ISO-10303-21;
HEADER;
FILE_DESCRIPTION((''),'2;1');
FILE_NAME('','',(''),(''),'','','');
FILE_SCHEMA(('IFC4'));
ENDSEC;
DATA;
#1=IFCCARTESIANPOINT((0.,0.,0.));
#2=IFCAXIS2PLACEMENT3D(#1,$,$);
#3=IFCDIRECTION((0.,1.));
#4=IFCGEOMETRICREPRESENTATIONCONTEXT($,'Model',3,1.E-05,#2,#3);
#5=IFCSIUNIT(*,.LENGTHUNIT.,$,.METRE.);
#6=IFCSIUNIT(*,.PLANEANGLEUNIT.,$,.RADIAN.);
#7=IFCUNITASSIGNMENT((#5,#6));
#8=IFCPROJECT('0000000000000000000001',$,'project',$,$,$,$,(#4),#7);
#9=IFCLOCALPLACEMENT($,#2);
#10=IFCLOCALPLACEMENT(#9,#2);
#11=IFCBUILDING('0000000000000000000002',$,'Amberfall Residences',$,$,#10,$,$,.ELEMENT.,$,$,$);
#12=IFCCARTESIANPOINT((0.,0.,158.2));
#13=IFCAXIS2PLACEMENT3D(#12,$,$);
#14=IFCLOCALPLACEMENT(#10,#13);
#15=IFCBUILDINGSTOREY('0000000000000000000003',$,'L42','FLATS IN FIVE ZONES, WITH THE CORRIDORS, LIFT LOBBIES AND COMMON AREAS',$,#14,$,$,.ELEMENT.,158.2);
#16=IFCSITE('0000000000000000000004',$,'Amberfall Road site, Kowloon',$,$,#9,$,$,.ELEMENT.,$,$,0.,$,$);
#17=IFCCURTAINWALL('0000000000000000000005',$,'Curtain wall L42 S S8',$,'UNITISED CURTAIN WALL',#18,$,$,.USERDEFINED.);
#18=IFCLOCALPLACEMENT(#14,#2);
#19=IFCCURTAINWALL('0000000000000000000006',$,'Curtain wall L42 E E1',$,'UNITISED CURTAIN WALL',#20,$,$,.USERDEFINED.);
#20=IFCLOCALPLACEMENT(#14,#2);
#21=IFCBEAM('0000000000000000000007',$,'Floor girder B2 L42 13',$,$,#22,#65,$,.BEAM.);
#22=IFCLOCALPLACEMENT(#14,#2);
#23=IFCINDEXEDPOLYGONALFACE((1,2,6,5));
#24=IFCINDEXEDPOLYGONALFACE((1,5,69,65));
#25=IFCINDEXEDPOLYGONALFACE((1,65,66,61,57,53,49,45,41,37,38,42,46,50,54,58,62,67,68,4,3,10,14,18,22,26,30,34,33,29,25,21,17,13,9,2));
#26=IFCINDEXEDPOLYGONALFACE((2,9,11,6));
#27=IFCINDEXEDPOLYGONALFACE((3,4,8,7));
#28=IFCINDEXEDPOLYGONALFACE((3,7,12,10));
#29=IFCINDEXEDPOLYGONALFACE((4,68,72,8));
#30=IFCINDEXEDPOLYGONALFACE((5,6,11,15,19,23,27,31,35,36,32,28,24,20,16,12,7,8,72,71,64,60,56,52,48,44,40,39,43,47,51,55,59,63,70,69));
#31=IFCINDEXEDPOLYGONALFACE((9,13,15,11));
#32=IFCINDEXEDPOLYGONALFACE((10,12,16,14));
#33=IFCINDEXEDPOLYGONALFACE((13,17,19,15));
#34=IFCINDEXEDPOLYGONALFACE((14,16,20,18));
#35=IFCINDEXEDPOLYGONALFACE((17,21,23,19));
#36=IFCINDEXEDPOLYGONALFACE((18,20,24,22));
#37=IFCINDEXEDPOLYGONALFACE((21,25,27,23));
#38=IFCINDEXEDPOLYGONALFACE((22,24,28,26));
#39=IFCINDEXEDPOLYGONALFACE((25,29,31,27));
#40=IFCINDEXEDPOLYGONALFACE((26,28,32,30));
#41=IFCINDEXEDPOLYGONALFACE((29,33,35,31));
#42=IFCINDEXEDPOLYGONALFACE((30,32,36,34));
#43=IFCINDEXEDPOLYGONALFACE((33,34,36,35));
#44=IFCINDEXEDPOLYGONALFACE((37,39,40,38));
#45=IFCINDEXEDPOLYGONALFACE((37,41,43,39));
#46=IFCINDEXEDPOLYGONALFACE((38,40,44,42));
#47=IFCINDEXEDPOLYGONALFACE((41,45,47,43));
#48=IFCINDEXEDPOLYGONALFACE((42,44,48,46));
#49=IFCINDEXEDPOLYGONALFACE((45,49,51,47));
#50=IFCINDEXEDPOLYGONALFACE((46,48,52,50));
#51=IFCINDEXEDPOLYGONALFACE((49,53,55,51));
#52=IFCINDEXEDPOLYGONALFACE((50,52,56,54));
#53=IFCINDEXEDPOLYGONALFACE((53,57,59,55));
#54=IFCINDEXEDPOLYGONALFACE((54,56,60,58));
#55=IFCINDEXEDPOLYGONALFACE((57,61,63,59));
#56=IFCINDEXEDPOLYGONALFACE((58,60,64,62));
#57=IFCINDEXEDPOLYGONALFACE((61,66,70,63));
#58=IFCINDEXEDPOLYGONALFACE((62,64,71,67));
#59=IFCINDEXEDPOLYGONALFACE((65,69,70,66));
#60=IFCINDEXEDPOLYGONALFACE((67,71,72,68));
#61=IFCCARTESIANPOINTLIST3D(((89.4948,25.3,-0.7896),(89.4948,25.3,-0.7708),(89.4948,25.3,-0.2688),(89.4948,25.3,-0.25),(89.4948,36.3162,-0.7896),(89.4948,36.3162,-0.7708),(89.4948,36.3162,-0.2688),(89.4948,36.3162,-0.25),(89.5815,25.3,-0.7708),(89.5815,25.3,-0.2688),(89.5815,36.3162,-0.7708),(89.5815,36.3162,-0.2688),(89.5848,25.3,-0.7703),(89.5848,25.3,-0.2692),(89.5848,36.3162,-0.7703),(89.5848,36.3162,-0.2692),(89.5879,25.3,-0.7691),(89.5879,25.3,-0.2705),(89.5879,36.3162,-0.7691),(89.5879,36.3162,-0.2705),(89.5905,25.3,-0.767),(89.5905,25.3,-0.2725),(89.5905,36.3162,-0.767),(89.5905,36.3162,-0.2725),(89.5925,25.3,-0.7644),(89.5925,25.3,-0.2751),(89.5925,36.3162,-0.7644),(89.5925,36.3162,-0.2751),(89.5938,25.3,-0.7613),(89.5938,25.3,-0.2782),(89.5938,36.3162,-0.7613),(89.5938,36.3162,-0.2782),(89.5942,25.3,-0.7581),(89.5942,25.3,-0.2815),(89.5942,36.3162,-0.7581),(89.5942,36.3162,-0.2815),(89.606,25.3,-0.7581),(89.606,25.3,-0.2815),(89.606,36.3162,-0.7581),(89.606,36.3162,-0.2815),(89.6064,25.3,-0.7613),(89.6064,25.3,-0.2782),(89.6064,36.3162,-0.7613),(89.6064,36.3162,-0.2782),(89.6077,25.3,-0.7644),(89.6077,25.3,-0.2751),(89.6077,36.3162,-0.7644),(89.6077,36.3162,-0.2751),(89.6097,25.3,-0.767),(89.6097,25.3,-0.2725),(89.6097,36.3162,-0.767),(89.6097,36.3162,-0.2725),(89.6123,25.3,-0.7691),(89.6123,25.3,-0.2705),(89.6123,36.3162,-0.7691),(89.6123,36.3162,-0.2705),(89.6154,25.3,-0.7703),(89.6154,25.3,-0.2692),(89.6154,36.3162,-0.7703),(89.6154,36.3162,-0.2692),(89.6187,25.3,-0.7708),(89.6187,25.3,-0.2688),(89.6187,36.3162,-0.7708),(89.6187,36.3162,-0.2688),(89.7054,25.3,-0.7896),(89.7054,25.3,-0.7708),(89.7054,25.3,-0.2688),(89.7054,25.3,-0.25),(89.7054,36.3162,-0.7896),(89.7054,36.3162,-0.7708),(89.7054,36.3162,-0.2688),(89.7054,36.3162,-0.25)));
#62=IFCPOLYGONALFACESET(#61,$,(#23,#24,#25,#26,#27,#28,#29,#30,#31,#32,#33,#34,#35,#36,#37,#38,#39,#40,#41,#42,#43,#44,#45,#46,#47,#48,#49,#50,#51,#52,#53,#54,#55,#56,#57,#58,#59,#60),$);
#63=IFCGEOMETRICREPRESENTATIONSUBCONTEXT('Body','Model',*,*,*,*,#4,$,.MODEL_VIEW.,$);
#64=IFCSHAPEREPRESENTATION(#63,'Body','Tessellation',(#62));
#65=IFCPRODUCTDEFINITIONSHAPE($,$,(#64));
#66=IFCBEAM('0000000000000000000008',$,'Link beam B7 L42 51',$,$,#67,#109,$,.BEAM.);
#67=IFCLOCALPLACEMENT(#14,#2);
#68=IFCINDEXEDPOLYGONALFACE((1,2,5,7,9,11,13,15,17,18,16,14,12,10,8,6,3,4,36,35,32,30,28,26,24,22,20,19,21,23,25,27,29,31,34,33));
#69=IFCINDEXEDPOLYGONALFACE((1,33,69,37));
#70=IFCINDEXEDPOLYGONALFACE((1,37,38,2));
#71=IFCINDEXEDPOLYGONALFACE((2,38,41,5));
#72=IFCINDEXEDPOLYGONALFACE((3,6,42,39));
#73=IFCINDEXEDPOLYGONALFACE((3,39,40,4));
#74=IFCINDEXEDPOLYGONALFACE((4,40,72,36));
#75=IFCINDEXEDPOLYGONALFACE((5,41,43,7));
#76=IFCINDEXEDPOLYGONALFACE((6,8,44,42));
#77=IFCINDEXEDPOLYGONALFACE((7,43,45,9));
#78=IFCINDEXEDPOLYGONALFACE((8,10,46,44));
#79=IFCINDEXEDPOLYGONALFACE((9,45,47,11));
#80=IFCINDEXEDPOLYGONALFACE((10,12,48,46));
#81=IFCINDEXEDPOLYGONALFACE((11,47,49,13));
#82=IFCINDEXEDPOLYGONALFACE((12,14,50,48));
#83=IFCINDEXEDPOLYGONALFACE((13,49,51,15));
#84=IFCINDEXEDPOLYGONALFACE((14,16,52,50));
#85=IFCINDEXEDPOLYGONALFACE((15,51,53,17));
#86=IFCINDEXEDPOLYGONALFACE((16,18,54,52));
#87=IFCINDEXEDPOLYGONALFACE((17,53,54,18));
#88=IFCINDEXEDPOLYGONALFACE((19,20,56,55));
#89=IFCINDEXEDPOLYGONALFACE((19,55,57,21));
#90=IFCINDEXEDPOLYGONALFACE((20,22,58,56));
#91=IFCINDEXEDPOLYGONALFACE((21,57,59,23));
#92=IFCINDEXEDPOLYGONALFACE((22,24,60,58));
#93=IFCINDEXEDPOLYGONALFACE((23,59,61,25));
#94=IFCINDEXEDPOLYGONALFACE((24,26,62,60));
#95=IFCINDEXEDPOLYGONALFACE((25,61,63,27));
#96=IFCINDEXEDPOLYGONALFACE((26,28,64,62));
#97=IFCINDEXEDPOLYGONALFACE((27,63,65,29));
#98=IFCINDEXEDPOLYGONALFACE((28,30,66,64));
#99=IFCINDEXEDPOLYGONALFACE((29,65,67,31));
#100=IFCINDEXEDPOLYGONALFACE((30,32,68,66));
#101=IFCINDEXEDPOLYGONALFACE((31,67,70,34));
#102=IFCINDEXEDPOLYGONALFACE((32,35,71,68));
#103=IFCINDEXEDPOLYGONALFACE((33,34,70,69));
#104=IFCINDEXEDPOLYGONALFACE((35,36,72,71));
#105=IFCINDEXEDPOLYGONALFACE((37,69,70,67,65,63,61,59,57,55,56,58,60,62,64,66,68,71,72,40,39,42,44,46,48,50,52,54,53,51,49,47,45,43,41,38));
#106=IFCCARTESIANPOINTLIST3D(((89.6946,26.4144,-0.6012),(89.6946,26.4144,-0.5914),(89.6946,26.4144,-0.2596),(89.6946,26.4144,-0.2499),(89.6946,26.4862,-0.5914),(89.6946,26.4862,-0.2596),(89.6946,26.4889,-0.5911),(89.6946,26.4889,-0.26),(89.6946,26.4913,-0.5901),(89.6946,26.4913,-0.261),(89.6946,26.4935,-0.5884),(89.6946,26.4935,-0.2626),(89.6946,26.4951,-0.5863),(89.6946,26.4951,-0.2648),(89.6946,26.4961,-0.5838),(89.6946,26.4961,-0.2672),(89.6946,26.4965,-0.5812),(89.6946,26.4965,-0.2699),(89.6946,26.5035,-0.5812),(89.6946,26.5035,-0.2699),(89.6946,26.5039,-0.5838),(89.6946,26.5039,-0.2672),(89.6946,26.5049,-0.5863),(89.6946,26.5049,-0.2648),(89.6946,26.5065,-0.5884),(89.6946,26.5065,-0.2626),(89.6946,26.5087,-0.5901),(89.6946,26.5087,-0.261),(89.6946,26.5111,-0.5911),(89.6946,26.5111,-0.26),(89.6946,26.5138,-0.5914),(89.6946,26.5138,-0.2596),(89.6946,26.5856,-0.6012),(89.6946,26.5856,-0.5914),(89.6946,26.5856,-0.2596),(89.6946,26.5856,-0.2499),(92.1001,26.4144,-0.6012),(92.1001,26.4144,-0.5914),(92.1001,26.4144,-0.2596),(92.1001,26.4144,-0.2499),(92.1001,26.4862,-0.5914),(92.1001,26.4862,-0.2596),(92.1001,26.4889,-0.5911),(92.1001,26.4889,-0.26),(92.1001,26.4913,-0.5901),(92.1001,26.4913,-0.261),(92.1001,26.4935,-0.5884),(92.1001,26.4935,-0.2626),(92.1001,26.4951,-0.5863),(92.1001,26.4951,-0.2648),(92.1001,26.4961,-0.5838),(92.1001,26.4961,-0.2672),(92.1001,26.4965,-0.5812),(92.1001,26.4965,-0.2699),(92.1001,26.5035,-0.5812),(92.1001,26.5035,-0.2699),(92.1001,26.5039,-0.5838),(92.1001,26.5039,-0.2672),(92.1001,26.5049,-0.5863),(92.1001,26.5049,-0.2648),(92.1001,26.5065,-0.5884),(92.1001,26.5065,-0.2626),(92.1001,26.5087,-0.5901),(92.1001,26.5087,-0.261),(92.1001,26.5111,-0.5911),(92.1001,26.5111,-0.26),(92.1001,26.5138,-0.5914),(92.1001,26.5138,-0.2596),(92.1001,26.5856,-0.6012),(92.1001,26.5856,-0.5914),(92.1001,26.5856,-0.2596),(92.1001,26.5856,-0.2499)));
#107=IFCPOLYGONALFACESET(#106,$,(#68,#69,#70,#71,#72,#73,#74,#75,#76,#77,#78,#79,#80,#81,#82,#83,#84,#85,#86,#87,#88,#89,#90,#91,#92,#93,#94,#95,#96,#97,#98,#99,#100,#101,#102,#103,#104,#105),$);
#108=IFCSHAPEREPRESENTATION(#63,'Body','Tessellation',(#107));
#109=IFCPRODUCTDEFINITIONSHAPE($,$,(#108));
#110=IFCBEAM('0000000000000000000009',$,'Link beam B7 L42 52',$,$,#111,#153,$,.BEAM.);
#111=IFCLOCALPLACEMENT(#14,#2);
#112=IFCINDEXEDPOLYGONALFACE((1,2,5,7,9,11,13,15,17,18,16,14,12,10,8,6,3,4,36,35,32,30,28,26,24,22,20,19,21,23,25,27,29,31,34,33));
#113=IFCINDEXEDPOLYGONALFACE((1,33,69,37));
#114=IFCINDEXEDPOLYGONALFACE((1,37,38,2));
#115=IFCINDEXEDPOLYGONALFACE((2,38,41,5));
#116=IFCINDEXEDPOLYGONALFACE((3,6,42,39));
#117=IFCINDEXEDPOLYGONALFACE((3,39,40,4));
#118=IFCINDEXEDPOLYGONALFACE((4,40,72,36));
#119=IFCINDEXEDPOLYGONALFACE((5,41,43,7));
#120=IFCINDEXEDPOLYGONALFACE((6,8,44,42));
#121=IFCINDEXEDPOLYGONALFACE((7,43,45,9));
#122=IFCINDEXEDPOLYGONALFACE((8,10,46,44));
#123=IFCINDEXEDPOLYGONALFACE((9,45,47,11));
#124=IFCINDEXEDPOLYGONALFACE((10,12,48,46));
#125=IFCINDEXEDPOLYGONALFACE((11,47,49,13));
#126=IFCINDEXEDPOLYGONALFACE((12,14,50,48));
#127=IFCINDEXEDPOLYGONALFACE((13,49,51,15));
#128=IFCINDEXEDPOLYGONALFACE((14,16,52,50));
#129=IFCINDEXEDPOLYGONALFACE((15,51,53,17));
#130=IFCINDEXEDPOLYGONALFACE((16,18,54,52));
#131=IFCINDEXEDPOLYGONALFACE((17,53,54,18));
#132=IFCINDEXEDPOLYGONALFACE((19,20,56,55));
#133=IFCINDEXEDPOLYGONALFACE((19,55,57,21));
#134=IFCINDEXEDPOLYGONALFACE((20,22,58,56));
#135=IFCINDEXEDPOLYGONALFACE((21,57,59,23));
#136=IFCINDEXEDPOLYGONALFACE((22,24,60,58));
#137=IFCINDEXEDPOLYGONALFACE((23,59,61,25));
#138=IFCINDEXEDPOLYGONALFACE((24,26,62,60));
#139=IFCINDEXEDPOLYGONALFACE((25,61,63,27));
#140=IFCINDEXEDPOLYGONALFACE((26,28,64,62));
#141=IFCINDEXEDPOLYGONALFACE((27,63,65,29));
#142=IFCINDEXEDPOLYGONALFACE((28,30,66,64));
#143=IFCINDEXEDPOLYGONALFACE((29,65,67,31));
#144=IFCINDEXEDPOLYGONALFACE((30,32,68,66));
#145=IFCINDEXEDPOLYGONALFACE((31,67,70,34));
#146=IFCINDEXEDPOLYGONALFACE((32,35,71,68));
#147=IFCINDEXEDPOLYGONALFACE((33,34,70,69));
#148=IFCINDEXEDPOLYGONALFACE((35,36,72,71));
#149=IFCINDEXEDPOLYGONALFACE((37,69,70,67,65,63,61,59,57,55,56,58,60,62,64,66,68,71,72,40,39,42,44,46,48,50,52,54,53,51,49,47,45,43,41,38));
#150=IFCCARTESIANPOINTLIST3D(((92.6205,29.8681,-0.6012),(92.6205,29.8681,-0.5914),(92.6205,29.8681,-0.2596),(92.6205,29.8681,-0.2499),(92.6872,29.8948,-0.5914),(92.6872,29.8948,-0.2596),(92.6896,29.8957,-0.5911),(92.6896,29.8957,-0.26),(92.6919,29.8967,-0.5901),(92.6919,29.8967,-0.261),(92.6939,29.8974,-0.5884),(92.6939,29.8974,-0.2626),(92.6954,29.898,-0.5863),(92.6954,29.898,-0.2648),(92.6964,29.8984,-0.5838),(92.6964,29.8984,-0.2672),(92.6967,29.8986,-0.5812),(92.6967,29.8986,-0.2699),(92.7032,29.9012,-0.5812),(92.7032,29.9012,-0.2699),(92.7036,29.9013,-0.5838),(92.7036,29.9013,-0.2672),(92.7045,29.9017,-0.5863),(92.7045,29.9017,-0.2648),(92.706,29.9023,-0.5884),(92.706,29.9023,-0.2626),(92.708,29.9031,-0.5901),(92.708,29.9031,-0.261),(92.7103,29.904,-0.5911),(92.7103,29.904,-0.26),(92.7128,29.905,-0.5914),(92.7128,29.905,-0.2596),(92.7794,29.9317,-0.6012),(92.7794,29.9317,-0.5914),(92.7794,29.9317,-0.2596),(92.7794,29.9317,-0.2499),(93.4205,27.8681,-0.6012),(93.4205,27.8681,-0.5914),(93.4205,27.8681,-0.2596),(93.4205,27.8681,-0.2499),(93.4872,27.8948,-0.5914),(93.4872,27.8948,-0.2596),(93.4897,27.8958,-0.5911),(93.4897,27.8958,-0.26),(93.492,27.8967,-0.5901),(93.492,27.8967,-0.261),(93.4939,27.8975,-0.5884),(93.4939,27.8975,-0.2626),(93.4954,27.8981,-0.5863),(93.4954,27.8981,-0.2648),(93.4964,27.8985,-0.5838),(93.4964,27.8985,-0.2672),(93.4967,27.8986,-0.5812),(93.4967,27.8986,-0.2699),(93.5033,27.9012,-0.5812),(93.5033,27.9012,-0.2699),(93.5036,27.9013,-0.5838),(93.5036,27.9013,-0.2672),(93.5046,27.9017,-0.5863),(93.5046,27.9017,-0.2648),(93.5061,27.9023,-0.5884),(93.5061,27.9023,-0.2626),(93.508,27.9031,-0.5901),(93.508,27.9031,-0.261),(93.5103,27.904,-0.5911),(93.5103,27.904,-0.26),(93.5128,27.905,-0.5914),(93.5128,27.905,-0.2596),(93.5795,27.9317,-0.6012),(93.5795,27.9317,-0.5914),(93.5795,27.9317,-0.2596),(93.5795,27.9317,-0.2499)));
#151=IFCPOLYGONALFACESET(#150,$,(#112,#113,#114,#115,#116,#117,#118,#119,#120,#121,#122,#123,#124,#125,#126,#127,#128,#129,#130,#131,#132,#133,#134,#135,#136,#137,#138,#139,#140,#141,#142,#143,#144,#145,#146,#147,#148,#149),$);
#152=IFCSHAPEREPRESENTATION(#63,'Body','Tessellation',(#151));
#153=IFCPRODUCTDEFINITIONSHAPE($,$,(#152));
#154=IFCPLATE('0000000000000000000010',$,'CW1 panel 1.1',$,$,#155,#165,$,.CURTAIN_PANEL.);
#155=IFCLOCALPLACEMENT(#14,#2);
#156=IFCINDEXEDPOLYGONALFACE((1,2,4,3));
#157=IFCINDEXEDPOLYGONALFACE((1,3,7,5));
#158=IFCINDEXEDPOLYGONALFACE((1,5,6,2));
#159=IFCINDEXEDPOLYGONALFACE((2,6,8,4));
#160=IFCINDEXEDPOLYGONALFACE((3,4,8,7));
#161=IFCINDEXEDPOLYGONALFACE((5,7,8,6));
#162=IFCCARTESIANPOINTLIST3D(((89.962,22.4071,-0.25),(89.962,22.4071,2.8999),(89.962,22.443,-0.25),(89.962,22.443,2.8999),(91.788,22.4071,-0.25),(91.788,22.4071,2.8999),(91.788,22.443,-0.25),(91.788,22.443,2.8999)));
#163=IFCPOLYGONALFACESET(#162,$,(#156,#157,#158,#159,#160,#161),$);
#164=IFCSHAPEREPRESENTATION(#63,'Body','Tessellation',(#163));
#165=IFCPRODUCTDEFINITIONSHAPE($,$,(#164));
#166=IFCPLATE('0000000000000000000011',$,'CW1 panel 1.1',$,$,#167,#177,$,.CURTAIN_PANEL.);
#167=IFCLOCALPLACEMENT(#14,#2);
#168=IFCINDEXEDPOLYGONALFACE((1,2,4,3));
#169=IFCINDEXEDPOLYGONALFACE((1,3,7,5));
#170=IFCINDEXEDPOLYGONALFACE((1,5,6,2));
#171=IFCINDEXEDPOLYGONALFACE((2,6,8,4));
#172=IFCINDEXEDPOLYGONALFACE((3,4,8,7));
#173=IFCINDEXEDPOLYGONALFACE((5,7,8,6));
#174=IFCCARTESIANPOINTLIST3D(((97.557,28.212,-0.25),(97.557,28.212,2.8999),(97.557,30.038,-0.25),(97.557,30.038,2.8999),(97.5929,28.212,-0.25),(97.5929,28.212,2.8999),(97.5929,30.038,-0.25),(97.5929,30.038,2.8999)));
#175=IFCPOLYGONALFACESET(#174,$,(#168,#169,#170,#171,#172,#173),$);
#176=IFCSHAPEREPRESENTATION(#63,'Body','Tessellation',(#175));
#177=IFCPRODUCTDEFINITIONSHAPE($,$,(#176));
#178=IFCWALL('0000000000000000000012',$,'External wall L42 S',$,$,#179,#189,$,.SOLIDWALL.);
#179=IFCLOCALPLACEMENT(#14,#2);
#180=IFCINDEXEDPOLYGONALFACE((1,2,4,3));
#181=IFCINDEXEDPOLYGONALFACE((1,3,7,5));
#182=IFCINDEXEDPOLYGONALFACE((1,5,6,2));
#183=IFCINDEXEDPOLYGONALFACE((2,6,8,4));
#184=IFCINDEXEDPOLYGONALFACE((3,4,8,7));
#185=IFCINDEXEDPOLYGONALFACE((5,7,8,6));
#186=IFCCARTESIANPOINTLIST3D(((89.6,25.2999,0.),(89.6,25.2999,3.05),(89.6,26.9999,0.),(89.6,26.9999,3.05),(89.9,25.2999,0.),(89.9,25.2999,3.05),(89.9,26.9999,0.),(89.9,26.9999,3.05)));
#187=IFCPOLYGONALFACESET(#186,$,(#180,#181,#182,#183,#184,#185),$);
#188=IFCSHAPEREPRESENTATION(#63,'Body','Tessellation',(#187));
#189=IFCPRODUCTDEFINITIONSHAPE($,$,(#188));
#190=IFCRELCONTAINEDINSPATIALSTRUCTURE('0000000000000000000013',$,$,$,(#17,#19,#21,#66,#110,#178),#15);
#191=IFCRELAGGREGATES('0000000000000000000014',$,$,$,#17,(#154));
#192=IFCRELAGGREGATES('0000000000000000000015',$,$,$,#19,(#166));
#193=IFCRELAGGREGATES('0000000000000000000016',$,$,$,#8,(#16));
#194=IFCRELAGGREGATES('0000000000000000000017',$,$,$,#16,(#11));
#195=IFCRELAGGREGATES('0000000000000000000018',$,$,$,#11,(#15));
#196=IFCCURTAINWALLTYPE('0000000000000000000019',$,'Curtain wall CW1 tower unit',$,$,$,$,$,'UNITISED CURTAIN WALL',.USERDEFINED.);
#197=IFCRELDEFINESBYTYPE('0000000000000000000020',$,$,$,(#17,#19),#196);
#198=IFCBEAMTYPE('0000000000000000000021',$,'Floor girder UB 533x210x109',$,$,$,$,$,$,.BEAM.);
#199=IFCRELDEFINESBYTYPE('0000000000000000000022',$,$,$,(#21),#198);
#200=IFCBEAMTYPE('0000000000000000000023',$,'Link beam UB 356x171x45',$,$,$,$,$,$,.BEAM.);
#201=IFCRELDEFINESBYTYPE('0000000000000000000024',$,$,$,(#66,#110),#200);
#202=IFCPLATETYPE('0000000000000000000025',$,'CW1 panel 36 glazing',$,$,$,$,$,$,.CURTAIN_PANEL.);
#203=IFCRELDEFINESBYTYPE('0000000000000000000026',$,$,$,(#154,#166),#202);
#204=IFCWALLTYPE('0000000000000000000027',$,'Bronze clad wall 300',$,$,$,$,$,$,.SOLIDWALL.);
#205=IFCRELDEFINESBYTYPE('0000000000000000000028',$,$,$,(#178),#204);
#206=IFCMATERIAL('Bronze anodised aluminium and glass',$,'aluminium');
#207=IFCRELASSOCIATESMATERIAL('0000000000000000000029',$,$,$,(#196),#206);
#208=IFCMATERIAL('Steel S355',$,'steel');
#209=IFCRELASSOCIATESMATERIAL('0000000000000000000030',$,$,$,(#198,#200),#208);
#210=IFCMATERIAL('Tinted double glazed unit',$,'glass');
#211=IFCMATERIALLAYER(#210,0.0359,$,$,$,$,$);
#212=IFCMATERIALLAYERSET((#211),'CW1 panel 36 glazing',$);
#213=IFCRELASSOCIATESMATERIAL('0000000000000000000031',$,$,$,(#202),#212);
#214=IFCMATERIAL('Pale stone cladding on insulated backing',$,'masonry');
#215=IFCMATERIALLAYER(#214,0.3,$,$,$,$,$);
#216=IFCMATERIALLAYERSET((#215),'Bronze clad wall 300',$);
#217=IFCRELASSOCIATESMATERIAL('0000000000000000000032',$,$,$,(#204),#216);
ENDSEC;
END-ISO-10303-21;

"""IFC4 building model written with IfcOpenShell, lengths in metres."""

from ifc_helpers import new_model, si_unit, direction, frame, frame_2d, origin, origin_2d, place, context, subcontext, project, spatial, rectangle, i_section, extrude, material, layer, layer_set, material_profile, profile_set, type_object, element, aggregate, save


model = new_model("IFC4")

# Units and contexts
model_context = context("Model", 3, precision=1e-05, world=origin(), true_north=direction((0.0, 1.0)))
body_context = subcontext(model_context, "Body", "Model", "MODEL_VIEW")
ifc_project = project(units=[si_unit("LENGTHUNIT", "METRE"), si_unit("PLANEANGLEUNIT", "RADIAN")], contexts=[model_context])

# Site, building, storey
site_placement = place(None, origin())
site = spatial("IfcSite", under=ifc_project, at=site_placement, Name="Amberfall Road site, Kowloon", CompositionType="ELEMENT", RefElevation=0.0)
building_placement = place(site_placement, origin())
building = spatial("IfcBuilding", under=site, at=building_placement, Name="Amberfall Residences", CompositionType="ELEMENT")
storey_placement = place(building_placement, frame((0.0, 0.0, 158.2)))
storey = spatial("IfcBuildingStorey", under=building, at=storey_placement, Name="L42", Description="FLATS IN FIVE ZONES, WITH THE CORRIDORS, LIFT LOBBIES AND COMMON AREAS", CompositionType="ELEMENT", Elevation=158.2)

# Curtain walls
ifc_material_1 = material(Name="Bronze anodised aluminium and glass", Category="aluminium")
curtain_wall_type = type_object("IfcCurtainWallType", Name="Curtain wall CW1 tower unit", ElementType="UNITISED CURTAIN WALL", PredefinedType="USERDEFINED", material=ifc_material_1)
curtain_wall_1_placement = place(storey_placement, origin())
curtain_wall_1 = element("IfcCurtainWall", 1, at=curtain_wall_1_placement, inside=storey, type_object=curtain_wall_type, Name="Curtain wall L42 S S8", ObjectType="UNITISED CURTAIN WALL", PredefinedType="USERDEFINED")
curtain_wall_2_placement = place(storey_placement, origin())
curtain_wall_2 = element("IfcCurtainWall", 2, at=curtain_wall_2_placement, inside=storey, type_object=curtain_wall_type, Name="Curtain wall L42 E E1", ObjectType="UNITISED CURTAIN WALL", PredefinedType="USERDEFINED")

# Beams
ifc_material_2 = material(Name="Steel S355", Category="steel")
ifc_material_profile_1 = material_profile(ifc_material_2, i_section(OverallWidth=0.2107, OverallDepth=0.5396, WebThickness=0.0117, FlangeThickness=0.0188, FilletRadius=0.0127, at=origin_2d()), Name="UB 533x210x109")
ifc_profile_set_1 = profile_set([ifc_material_profile_1], Name="Steel S355")
beam_type_1 = type_object("IfcBeamType", Name="Floor girder UB 533x210x109", PredefinedType="BEAM", material=ifc_profile_set_1)
beam_1_placement = place(storey_placement, frame((89.6001, 25.3, -0.5198), z_axis=(0.0, 1.0, 0.0), x_axis=(-1.0, 0.0, 0.0)))
element("IfcBeam", 3, at=beam_1_placement, inside=storey, type_object=beam_type_1, Name="Floor girder B2 L42 13", PredefinedType="BEAM", context=body_context, shape_type="SweptSolid", body=[
    extrude(i_section(OverallWidth=0.2107, OverallDepth=0.5396, WebThickness=0.0117, FlangeThickness=0.0188, FilletRadius=0.0127, at=origin_2d()), origin(), (0.0, 0.0, 1.0), 11.0161),
])
ifc_material_profile_2 = material_profile(ifc_material_2, i_section(OverallWidth=0.1711, OverallDepth=0.3513, WebThickness=0.0071, FlangeThickness=0.0098, FilletRadius=0.0103, at=origin_2d()), Name="UB 356x171x45")
ifc_profile_set_2 = profile_set([ifc_material_profile_2], Name="Steel S355")
beam_type_2 = type_object("IfcBeamType", Name="Link beam UB 356x171x45", PredefinedType="BEAM", material=ifc_profile_set_2)
beam_2_placement = place(storey_placement, frame((92.1001, 26.5, -0.4255), z_axis=(-1.0, 0.0, 0.0), x_axis=(0.0, -1.0, 0.0)))
element("IfcBeam", 4, at=beam_2_placement, inside=storey, type_object=beam_type_2, Name="Link beam B7 L42 51", PredefinedType="BEAM", context=body_context, shape_type="SweptSolid", body=[
    extrude(i_section(OverallWidth=0.1711, OverallDepth=0.3513, WebThickness=0.0071, FlangeThickness=0.0098, FilletRadius=0.0103, at=origin_2d()), origin(), (0.0, 0.0, 1.0), 2.4055),
])
beam_3_placement = place(storey_placement, frame((93.5, 27.8999, -0.4255), z_axis=(-0.37141, 0.928469, 0.0), x_axis=(-0.928469, -0.37141, 0.0)))
element("IfcBeam", 5, at=beam_3_placement, inside=storey, type_object=beam_type_2, Name="Link beam B7 L42 52", PredefinedType="BEAM", context=body_context, shape_type="SweptSolid", body=[
    extrude(i_section(OverallWidth=0.1711, OverallDepth=0.3513, WebThickness=0.0071, FlangeThickness=0.0098, FilletRadius=0.0103, at=origin_2d()), origin(), (0.0, 0.0, 1.0), 2.1541),
])

# Plates
ifc_material_3 = material(Name="Tinted double glazed unit", Category="glass")
ifc_layer_1 = layer(ifc_material_3, 0.0359)
ifc_layer_set_1 = layer_set([ifc_layer_1], Name="CW1 panel 36 glazing")
plate_type = type_object("IfcPlateType", Name="CW1 panel 36 glazing", PredefinedType="CURTAIN_PANEL", material=ifc_layer_set_1)
plate_1_placement = place(storey_placement, frame((90.875, 22.425, -0.25), z_axis=(0.0, 0.0, 1.0), x_axis=(1.0, 0.0, 0.0)))
plate_1 = element("IfcPlate", 6, at=plate_1_placement, type_object=plate_type, Name="CW1 panel 1.1", PredefinedType="CURTAIN_PANEL", context=body_context, shape_type="SweptSolid", body=[
    extrude(rectangle(XDim=1.8259, YDim=0.0359, at=origin_2d()), origin(), (0.0, 0.0, 1.0), 3.1499),
])
aggregate(curtain_wall_1, [plate_1])
plate_2_placement = place(storey_placement, frame((97.575, 29.125, -0.25), z_axis=(0.0, 0.0, 1.0), x_axis=(0.0, 1.0, 0.0)))
plate_2 = element("IfcPlate", 7, at=plate_2_placement, type_object=plate_type, Name="CW1 panel 1.1", PredefinedType="CURTAIN_PANEL", context=body_context, shape_type="SweptSolid", body=[
    extrude(rectangle(XDim=1.8259, YDim=0.0359, at=origin_2d()), origin(), (0.0, 0.0, 1.0), 3.1499),
])
aggregate(curtain_wall_2, [plate_2])

# Wall
ifc_material_4 = material(Name="Pale stone cladding on insulated backing", Category="masonry")
ifc_layer_2 = layer(ifc_material_4, 0.3)
ifc_layer_set_2 = layer_set([ifc_layer_2], Name="Bronze clad wall 300")
wall_type_1 = type_object("IfcWallType", Name="Bronze clad wall 300", PredefinedType="SOLIDWALL", material=ifc_layer_set_2)
wall_1_placement = place(storey_placement, frame((89.75, 27.0, 0.0), z_axis=(0.0, 0.0, 1.0), x_axis=(0.0, -1.0, 0.0)))
element("IfcWall", 8, at=wall_1_placement, inside=storey, type_object=wall_type_1, Name="External wall L42 S", PredefinedType="SOLIDWALL", context=body_context, shape_type="SweptSolid", body=[
    extrude(rectangle(XDim=1.7, YDim=0.3, at=frame_2d((0.8501, 0.0))), origin(), (0.0, 0.0, 1.0), 3.05),
])

save(model, "model.ifc")
